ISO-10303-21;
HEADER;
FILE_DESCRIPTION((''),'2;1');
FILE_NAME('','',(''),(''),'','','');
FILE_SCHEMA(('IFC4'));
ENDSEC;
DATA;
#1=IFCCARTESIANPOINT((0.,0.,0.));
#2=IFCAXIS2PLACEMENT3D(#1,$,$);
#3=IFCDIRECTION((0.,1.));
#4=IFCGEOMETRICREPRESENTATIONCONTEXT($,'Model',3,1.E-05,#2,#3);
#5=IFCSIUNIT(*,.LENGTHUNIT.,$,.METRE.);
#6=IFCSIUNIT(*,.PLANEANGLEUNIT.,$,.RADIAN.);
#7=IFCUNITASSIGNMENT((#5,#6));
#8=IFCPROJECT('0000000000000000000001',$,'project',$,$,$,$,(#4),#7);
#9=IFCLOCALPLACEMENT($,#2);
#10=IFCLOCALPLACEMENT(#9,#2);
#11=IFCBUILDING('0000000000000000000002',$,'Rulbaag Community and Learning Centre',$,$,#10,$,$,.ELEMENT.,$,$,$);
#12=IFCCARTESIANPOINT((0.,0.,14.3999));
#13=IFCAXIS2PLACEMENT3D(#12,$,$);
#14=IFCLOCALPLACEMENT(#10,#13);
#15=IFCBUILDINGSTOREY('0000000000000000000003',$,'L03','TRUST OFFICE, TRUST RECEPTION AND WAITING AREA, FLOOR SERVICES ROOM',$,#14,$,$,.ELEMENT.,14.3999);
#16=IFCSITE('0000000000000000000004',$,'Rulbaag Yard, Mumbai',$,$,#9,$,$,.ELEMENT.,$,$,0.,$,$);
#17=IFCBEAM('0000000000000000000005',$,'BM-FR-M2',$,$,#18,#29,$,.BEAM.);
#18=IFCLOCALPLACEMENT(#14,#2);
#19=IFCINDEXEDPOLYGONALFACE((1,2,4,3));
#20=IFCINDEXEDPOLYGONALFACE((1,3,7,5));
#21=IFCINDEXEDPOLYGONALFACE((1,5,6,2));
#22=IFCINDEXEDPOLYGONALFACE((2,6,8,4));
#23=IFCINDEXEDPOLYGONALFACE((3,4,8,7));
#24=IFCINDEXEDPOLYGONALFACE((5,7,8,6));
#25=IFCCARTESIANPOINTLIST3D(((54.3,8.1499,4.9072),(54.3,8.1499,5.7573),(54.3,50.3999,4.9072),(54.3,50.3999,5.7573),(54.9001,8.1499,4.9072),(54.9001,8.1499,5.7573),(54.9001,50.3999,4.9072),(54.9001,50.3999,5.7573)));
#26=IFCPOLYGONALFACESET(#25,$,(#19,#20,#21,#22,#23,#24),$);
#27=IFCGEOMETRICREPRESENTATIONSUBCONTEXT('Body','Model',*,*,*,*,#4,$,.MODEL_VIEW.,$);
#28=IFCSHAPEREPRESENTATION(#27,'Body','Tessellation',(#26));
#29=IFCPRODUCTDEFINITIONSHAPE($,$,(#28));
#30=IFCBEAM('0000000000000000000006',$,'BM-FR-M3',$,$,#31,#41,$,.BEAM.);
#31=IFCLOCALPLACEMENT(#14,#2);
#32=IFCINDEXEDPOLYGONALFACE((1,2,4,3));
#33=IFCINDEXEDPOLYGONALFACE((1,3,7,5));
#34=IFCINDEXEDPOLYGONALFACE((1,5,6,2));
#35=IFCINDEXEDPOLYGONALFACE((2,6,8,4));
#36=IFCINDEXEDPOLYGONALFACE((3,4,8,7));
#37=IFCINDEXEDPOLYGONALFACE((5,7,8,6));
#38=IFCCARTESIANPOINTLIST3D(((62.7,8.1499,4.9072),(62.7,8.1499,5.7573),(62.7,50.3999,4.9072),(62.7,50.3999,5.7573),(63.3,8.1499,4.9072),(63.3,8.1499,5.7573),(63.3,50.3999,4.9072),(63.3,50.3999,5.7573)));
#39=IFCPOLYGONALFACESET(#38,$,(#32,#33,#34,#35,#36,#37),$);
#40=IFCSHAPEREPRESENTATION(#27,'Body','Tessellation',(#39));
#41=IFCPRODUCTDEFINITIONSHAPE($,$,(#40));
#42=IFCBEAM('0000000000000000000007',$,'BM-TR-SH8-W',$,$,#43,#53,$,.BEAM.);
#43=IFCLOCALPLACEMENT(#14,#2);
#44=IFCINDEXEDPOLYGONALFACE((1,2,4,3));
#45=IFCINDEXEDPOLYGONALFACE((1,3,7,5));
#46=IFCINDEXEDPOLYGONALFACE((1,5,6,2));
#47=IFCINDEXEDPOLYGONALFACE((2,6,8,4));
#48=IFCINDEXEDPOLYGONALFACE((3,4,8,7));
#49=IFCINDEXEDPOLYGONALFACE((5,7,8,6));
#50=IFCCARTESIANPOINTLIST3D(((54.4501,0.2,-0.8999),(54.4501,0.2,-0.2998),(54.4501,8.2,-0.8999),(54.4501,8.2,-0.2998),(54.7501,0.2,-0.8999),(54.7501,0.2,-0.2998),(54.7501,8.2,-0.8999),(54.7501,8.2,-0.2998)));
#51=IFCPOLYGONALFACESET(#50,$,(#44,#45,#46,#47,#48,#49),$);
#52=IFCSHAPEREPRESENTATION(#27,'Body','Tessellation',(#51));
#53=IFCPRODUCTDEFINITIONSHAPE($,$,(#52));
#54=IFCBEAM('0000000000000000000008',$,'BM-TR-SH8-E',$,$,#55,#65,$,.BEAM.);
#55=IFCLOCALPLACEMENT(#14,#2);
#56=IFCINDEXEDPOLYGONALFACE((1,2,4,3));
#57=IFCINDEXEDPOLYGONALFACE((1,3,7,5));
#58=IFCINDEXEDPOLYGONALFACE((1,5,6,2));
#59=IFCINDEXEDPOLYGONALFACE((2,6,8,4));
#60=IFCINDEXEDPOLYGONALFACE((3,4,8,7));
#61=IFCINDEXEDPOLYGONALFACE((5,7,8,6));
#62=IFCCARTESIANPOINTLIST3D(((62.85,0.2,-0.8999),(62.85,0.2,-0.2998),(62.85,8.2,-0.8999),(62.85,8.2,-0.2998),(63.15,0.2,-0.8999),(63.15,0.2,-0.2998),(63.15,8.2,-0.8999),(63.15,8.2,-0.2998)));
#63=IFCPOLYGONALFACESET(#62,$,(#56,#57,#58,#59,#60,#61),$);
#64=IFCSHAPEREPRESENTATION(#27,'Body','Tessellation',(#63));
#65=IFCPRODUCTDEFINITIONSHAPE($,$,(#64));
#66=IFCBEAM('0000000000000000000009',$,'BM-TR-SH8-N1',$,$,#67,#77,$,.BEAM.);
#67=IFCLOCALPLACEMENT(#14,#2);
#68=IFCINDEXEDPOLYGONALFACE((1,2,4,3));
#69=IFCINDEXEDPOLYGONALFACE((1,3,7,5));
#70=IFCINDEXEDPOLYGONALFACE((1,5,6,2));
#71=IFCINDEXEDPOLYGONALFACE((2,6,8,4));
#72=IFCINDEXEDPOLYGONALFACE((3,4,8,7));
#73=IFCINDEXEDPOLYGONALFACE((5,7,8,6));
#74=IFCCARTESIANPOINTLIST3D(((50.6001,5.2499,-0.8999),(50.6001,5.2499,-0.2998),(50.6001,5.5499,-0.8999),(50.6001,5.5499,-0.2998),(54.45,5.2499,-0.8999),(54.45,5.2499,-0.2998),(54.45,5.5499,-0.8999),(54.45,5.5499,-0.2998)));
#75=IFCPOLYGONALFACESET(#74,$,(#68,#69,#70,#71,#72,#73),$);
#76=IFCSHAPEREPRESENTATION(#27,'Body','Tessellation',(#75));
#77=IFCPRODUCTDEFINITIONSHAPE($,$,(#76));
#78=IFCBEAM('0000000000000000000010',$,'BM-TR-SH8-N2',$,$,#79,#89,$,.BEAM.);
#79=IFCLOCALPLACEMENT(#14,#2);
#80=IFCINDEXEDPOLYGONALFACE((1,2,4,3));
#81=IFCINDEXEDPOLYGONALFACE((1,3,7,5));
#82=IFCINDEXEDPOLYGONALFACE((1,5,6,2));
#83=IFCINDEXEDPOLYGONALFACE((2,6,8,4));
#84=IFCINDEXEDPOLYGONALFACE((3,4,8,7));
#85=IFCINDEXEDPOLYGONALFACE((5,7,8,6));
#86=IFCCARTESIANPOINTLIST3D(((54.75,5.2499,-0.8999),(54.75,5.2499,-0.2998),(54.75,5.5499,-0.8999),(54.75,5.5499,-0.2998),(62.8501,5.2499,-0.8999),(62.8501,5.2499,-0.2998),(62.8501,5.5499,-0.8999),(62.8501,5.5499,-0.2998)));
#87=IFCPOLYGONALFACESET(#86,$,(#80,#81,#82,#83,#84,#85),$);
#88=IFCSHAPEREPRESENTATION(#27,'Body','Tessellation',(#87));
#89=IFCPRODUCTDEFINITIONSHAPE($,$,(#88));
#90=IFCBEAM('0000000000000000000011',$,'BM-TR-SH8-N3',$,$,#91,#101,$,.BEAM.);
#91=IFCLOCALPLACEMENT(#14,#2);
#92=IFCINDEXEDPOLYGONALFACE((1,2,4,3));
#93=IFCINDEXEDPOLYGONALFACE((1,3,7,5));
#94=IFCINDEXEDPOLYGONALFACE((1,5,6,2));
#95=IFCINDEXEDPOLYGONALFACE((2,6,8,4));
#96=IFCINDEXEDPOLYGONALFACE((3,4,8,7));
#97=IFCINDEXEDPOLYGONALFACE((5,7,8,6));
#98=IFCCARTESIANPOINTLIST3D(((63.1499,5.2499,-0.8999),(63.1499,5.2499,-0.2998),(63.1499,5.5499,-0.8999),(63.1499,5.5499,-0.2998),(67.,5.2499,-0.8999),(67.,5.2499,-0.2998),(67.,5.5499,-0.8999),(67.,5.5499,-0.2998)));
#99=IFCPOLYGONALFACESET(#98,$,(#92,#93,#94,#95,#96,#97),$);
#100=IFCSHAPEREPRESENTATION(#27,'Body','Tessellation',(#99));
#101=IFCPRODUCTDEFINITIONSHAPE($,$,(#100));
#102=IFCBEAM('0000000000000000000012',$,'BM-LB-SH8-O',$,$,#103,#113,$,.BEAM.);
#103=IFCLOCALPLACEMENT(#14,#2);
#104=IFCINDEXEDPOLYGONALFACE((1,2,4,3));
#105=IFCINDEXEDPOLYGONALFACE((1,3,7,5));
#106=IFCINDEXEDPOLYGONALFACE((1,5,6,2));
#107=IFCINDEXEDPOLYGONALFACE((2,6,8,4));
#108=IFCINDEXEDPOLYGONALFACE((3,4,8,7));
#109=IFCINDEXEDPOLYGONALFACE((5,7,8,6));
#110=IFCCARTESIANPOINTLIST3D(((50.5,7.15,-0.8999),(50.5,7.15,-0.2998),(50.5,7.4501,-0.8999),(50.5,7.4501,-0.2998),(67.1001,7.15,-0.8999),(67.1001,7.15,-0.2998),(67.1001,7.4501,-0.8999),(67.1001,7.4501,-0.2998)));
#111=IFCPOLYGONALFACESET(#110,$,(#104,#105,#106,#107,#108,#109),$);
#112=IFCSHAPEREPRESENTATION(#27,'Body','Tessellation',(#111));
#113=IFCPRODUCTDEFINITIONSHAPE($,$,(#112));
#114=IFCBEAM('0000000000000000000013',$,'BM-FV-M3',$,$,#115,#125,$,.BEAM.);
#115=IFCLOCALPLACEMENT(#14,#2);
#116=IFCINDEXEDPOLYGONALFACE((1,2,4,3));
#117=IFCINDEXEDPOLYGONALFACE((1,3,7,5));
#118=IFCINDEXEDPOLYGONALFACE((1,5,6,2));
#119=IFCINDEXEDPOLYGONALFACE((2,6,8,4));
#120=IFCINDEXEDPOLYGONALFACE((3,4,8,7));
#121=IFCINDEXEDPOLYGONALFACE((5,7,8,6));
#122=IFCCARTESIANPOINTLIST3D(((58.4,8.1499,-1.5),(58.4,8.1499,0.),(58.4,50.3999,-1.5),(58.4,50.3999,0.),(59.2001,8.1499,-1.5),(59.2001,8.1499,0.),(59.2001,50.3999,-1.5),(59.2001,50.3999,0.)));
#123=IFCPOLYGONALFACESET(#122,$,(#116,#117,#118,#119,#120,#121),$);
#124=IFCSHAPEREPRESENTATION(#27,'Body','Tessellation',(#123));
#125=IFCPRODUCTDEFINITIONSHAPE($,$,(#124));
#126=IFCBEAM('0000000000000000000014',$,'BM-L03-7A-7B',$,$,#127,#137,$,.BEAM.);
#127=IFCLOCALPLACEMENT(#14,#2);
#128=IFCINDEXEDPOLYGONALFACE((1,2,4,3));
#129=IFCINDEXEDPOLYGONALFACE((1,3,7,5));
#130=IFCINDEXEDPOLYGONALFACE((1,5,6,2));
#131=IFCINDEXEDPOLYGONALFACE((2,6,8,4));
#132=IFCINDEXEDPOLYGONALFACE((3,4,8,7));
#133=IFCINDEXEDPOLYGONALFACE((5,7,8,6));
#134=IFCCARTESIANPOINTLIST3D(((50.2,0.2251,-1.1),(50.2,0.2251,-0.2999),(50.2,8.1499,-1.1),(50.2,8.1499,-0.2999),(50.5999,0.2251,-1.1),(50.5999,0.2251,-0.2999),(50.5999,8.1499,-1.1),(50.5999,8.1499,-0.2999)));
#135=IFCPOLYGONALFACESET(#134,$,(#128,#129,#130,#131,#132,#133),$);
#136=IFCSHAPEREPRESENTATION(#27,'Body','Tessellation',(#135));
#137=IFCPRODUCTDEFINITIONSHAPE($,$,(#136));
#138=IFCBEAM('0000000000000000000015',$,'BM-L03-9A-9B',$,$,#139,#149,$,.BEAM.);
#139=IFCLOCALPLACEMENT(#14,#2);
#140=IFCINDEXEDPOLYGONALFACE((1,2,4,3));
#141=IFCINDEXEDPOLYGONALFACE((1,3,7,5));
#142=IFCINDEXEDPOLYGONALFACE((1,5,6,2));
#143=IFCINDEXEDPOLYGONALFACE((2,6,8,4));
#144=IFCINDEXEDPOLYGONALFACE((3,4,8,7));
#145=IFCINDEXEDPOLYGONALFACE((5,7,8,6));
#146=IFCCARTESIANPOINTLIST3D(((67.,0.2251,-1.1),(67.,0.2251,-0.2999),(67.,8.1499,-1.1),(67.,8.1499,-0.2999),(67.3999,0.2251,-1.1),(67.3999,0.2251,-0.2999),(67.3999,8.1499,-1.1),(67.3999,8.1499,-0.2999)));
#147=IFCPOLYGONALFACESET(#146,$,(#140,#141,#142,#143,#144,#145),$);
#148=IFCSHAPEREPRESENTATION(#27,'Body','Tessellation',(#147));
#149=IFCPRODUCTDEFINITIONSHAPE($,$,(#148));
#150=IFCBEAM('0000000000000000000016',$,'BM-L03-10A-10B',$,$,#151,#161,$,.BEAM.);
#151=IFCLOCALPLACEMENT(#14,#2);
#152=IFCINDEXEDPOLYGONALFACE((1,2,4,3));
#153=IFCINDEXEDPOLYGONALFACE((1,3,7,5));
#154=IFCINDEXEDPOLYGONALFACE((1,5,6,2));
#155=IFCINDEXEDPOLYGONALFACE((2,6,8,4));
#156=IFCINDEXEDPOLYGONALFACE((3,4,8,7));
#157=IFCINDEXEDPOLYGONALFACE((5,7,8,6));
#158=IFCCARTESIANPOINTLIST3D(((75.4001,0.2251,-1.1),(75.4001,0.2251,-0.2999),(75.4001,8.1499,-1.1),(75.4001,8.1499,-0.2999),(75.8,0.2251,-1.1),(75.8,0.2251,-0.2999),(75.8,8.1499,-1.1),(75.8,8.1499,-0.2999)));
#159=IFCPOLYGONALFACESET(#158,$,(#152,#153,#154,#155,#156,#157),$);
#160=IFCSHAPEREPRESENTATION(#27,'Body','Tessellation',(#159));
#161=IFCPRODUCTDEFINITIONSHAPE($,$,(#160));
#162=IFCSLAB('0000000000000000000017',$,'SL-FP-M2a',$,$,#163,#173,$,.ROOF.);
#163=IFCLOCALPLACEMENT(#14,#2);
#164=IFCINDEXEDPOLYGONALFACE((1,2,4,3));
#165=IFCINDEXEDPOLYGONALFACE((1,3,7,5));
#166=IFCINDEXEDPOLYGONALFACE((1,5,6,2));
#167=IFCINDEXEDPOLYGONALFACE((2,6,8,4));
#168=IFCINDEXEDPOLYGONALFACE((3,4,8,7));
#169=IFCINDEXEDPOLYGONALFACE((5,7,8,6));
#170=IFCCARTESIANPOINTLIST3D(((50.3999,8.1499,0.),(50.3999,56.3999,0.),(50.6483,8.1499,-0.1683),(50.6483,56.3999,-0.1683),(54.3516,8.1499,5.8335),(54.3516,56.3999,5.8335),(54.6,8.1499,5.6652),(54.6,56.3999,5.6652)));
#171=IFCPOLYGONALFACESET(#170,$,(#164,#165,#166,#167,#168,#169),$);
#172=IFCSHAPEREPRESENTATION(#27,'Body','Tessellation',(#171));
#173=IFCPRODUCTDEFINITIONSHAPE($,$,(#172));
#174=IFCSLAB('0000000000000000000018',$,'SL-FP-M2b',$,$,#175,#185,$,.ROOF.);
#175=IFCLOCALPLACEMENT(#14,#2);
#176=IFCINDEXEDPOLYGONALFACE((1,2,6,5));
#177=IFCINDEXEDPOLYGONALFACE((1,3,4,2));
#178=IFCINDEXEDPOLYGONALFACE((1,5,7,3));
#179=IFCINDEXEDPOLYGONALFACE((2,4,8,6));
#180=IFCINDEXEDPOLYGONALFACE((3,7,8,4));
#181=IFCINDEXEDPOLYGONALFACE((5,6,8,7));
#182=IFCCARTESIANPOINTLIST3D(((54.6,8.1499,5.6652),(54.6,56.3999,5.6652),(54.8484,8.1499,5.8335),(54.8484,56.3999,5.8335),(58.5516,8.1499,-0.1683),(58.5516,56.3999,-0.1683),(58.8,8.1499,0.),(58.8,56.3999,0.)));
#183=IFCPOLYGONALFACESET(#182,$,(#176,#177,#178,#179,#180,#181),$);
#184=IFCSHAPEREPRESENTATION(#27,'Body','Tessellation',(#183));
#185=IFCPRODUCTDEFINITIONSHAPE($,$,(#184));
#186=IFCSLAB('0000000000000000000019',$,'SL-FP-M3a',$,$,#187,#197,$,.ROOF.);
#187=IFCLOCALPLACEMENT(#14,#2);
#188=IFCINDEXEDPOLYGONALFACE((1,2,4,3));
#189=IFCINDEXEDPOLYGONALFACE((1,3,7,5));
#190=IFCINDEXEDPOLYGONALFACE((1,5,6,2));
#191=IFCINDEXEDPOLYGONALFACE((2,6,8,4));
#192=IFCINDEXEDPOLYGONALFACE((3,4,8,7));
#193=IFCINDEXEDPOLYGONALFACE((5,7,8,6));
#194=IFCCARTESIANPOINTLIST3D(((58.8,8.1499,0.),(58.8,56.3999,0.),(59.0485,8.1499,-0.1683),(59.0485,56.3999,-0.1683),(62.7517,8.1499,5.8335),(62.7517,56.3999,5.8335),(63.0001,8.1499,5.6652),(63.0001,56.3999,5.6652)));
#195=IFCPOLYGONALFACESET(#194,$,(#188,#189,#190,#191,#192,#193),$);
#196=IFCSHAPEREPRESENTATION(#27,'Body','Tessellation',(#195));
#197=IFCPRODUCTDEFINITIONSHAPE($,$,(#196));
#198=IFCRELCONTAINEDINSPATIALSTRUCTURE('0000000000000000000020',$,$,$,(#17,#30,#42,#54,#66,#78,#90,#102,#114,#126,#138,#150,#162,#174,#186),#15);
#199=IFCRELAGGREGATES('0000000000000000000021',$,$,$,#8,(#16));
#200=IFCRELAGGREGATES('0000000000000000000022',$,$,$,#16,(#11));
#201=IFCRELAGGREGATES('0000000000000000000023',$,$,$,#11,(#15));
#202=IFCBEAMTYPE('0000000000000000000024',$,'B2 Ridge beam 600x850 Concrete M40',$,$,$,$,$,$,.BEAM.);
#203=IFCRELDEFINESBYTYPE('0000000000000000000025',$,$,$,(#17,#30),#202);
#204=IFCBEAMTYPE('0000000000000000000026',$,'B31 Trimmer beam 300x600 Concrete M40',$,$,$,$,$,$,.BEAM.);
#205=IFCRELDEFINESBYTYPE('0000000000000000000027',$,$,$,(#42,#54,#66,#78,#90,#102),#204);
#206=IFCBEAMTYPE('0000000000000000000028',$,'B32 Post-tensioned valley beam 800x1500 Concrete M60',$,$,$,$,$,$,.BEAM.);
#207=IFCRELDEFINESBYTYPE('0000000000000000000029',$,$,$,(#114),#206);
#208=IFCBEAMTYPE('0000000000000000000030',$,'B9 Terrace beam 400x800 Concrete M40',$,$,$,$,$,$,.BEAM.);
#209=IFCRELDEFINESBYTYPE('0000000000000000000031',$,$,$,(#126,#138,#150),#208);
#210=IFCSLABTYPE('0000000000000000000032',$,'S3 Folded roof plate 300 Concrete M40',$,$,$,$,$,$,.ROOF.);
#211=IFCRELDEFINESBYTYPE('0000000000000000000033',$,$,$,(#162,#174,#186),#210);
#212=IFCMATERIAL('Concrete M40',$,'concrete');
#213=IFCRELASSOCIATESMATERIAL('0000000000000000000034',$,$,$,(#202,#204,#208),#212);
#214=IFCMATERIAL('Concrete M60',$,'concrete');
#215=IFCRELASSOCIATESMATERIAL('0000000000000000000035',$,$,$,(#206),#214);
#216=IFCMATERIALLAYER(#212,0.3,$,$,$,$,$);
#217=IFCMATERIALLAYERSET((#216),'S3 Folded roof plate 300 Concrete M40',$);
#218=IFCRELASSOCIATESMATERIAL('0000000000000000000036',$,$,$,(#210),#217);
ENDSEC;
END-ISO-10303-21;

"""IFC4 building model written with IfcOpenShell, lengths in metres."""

from ifc_helpers import new_model, si_unit, direction, frame, origin, origin_2d, place, context, subcontext, project, spatial, polyline, rectangle, outline, extrude, material, layer, layer_set, material_profile, profile_set, type_object, element, save


model = new_model("IFC4")

# Units and contexts
model_context = context("Model", 3, precision=1e-05, world=origin(), true_north=direction((0.0, 1.0)))
body_context = subcontext(model_context, "Body", "Model", "MODEL_VIEW")
ifc_project = project(units=[si_unit("LENGTHUNIT", "METRE"), si_unit("PLANEANGLEUNIT", "RADIAN")], contexts=[model_context])

# Site, building, storey
site_placement = place(None, origin())
site = spatial("IfcSite", under=ifc_project, at=site_placement, Name="Rulbaag Yard, Mumbai", CompositionType="ELEMENT", RefElevation=0.0)
building_placement = place(site_placement, origin())
building = spatial("IfcBuilding", under=site, at=building_placement, Name="Rulbaag Community and Learning Centre", CompositionType="ELEMENT")
storey_placement = place(building_placement, frame((0.0, 0.0, 14.3999)))
storey = spatial("IfcBuildingStorey", under=building, at=storey_placement, Name="L03", Description="TRUST OFFICE, TRUST RECEPTION AND WAITING AREA, FLOOR SERVICES ROOM", CompositionType="ELEMENT", Elevation=14.3999)

# Beams
ifc_material_1 = material(Name="Concrete M40", Category="concrete")
ifc_material_profile_1 = material_profile(ifc_material_1, rectangle(XDim=0.6001, YDim=0.8501, at=origin_2d()), Name="RB600x850")
ifc_profile_set_1 = profile_set([ifc_material_profile_1], Name="Concrete M40")
beam_type_1 = type_object("IfcBeamType", Name="B2 Ridge beam 600x850 Concrete M40", PredefinedType="BEAM", material=ifc_profile_set_1)
for number, where, z_axis, x_axis, name in (
    (1, (54.6001, 8.1499, 5.3323), (0.0, 1.0, 0.0), (-1.0, 0.0, 0.0), "BM-FR-M2"),
    (2, (63.0, 8.1499, 5.3323), (0.0, 1.0, 0.0), (-1.0, 0.0, 0.0), "BM-FR-M3"),
):
    element("IfcBeam", number, at=place(storey_placement, frame(where, z_axis=z_axis, x_axis=x_axis)), inside=storey, type_object=beam_type_1, Name=name, PredefinedType="BEAM", context=body_context, shape_type="SweptSolid", body=[
        extrude(rectangle(XDim=0.6001, YDim=0.8501, at=origin_2d()), origin(), (0.0, 0.0, 1.0), 42.25),
    ])
ifc_material_profile_2 = material_profile(ifc_material_1, rectangle(XDim=0.3, YDim=0.6001, at=origin_2d()), Name="RB300x600")
ifc_profile_set_2 = profile_set([ifc_material_profile_2], Name="Concrete M40")
beam_type_2 = type_object("IfcBeamType", Name="B31 Trimmer beam 300x600 Concrete M40", PredefinedType="BEAM", material=ifc_profile_set_2)
for number, where, z_axis, x_axis, name in (
    (3, (54.6001, 0.2, -0.5999), (0.0, 1.0, 0.0), (-1.0, 0.0, 0.0), "BM-TR-SH8-W"),
    (4, (63.0, 0.2, -0.5999), (0.0, 1.0, 0.0), (-1.0, 0.0, 0.0), "BM-TR-SH8-E"),
):
    element("IfcBeam", number, at=place(storey_placement, frame(where, z_axis=z_axis, x_axis=x_axis)), inside=storey, type_object=beam_type_2, Name=name, PredefinedType="BEAM", context=body_context, shape_type="SweptSolid", body=[
        extrude(rectangle(XDim=0.3, YDim=0.6001, at=origin_2d()), origin(), (0.0, 0.0, 1.0), 8.0),
    ])
beam_1_placement = place(storey_placement, frame((50.6001, 5.3999, -0.5999), z_axis=(1.0, 0.0, 0.0), x_axis=(0.0, 1.0, 0.0)))
element("IfcBeam", 5, at=beam_1_placement, inside=storey, type_object=beam_type_2, Name="BM-TR-SH8-N1", PredefinedType="BEAM", context=body_context, shape_type="SweptSolid", body=[
    extrude(rectangle(XDim=0.3, YDim=0.6001, at=origin_2d()), origin(), (0.0, 0.0, 1.0), 3.8499),
])
beam_2_placement = place(storey_placement, frame((54.75, 5.3999, -0.5999), z_axis=(1.0, 0.0, 0.0), x_axis=(0.0, 1.0, 0.0)))
element("IfcBeam", 6, at=beam_2_placement, inside=storey, type_object=beam_type_2, Name="BM-TR-SH8-N2", PredefinedType="BEAM", context=body_context, shape_type="SweptSolid", body=[
    extrude(rectangle(XDim=0.3, YDim=0.6001, at=origin_2d()), origin(), (0.0, 0.0, 1.0), 8.1001),
])
beam_3_placement = place(storey_placement, frame((63.1499, 5.3999, -0.5999), z_axis=(1.0, 0.0, 0.0), x_axis=(0.0, 1.0, 0.0)))
element("IfcBeam", 7, at=beam_3_placement, inside=storey, type_object=beam_type_2, Name="BM-TR-SH8-N3", PredefinedType="BEAM", context=body_context, shape_type="SweptSolid", body=[
    extrude(rectangle(XDim=0.3, YDim=0.6001, at=origin_2d()), origin(), (0.0, 0.0, 1.0), 3.8501),
])
beam_4_placement = place(storey_placement, frame((50.5, 7.3, -0.5999), z_axis=(1.0, 0.0, 0.0), x_axis=(0.0, 1.0, 0.0)))
element("IfcBeam", 8, at=beam_4_placement, inside=storey, type_object=beam_type_2, Name="BM-LB-SH8-O", PredefinedType="BEAM", context=body_context, shape_type="SweptSolid", body=[
    extrude(rectangle(XDim=0.3, YDim=0.6001, at=origin_2d()), origin(), (0.0, 0.0, 1.0), 16.6001),
])
ifc_material_2 = material(Name="Concrete M60", Category="concrete")
ifc_material_profile_3 = material_profile(ifc_material_2, rectangle(XDim=0.8, YDim=1.5, at=origin_2d()), Name="RB800x1500")
ifc_profile_set_3 = profile_set([ifc_material_profile_3], Name="Concrete M60")
beam_type_3 = type_object("IfcBeamType", Name="B32 Post-tensioned valley beam 800x1500 Concrete M60", PredefinedType="BEAM", material=ifc_profile_set_3)
beam_5_placement = place(storey_placement, frame((58.8, 8.1499, -0.75), z_axis=(0.0, 1.0, 0.0), x_axis=(-1.0, 0.0, 0.0)))
element("IfcBeam", 9, at=beam_5_placement, inside=storey, type_object=beam_type_3, Name="BM-FV-M3", PredefinedType="BEAM", context=body_context, shape_type="SweptSolid", body=[
    extrude(rectangle(XDim=0.8, YDim=1.5, at=origin_2d()), origin(), (0.0, 0.0, 1.0), 42.25),
])
ifc_material_profile_4 = material_profile(ifc_material_1, rectangle(XDim=0.3999, YDim=0.8, at=origin_2d()), Name="RB400x800")
ifc_profile_set_4 = profile_set([ifc_material_profile_4], Name="Concrete M40")
beam_type_4 = type_object("IfcBeamType", Name="B9 Terrace beam 400x800 Concrete M40", PredefinedType="BEAM", material=ifc_profile_set_4)
for number, where, z_axis, x_axis, name in (
    (10, (50.3999, 0.2251, -0.7), (0.0, 1.0, 0.0), (-1.0, 0.0, 0.0), "BM-L03-7A-7B"),
    (11, (67.2, 0.2251, -0.7), (0.0, 1.0, 0.0), (-1.0, 0.0, 0.0), "BM-L03-9A-9B"),
    (12, (75.6001, 0.2251, -0.7), (0.0, 1.0, 0.0), (-1.0, 0.0, 0.0), "BM-L03-10A-10B"),
):
    element("IfcBeam", number, at=place(storey_placement, frame(where, z_axis=z_axis, x_axis=x_axis)), inside=storey, type_object=beam_type_4, Name=name, PredefinedType="BEAM", context=body_context, shape_type="SweptSolid", body=[
        extrude(rectangle(XDim=0.3999, YDim=0.8, at=origin_2d()), origin(), (0.0, 0.0, 1.0), 7.9248),
    ])

# Slabs
ifc_layer_1 = layer(ifc_material_1, 0.3)
ifc_layer_set_1 = layer_set([ifc_layer_1], Name="S3 Folded roof plate 300 Concrete M40")
slab_type = type_object("IfcSlabType", Name="S3 Folded roof plate 300 Concrete M40", PredefinedType="ROOF", material=ifc_layer_set_1)
for number, where, z_axis, x_axis, name in (
    (13, (50.3999, 8.1499, 0.0), (-0.827923, 0.0, 0.560842), (0.560842, 0.0, 0.827923), "SL-FP-M2a"),
    (14, (54.8484, 8.1499, 5.8335), (0.827923, 0.0, 0.560842), (0.560842, 0.0, -0.827923), "SL-FP-M2b"),
    (15, (58.8, 8.1499, 0.0), (-0.827923, 0.0, 0.560842), (0.560842, 0.0, 0.827923), "SL-FP-M3a"),
):
    element("IfcSlab", number, at=place(storey_placement, frame(where, z_axis=z_axis, x_axis=x_axis)), inside=storey, type_object=slab_type, Name=name, PredefinedType="ROOF", context=body_context, shape_type="SweptSolid", body=[
        extrude(outline(polyline([(0.0, 0.0), (7.0459, 0.0), (7.0459, 48.25), (0.0, 48.25), (0.0, 0.0)])), origin(), (0.0, 0.0, -1.0), 0.3),
    ])

save(model, "model.ifc")
